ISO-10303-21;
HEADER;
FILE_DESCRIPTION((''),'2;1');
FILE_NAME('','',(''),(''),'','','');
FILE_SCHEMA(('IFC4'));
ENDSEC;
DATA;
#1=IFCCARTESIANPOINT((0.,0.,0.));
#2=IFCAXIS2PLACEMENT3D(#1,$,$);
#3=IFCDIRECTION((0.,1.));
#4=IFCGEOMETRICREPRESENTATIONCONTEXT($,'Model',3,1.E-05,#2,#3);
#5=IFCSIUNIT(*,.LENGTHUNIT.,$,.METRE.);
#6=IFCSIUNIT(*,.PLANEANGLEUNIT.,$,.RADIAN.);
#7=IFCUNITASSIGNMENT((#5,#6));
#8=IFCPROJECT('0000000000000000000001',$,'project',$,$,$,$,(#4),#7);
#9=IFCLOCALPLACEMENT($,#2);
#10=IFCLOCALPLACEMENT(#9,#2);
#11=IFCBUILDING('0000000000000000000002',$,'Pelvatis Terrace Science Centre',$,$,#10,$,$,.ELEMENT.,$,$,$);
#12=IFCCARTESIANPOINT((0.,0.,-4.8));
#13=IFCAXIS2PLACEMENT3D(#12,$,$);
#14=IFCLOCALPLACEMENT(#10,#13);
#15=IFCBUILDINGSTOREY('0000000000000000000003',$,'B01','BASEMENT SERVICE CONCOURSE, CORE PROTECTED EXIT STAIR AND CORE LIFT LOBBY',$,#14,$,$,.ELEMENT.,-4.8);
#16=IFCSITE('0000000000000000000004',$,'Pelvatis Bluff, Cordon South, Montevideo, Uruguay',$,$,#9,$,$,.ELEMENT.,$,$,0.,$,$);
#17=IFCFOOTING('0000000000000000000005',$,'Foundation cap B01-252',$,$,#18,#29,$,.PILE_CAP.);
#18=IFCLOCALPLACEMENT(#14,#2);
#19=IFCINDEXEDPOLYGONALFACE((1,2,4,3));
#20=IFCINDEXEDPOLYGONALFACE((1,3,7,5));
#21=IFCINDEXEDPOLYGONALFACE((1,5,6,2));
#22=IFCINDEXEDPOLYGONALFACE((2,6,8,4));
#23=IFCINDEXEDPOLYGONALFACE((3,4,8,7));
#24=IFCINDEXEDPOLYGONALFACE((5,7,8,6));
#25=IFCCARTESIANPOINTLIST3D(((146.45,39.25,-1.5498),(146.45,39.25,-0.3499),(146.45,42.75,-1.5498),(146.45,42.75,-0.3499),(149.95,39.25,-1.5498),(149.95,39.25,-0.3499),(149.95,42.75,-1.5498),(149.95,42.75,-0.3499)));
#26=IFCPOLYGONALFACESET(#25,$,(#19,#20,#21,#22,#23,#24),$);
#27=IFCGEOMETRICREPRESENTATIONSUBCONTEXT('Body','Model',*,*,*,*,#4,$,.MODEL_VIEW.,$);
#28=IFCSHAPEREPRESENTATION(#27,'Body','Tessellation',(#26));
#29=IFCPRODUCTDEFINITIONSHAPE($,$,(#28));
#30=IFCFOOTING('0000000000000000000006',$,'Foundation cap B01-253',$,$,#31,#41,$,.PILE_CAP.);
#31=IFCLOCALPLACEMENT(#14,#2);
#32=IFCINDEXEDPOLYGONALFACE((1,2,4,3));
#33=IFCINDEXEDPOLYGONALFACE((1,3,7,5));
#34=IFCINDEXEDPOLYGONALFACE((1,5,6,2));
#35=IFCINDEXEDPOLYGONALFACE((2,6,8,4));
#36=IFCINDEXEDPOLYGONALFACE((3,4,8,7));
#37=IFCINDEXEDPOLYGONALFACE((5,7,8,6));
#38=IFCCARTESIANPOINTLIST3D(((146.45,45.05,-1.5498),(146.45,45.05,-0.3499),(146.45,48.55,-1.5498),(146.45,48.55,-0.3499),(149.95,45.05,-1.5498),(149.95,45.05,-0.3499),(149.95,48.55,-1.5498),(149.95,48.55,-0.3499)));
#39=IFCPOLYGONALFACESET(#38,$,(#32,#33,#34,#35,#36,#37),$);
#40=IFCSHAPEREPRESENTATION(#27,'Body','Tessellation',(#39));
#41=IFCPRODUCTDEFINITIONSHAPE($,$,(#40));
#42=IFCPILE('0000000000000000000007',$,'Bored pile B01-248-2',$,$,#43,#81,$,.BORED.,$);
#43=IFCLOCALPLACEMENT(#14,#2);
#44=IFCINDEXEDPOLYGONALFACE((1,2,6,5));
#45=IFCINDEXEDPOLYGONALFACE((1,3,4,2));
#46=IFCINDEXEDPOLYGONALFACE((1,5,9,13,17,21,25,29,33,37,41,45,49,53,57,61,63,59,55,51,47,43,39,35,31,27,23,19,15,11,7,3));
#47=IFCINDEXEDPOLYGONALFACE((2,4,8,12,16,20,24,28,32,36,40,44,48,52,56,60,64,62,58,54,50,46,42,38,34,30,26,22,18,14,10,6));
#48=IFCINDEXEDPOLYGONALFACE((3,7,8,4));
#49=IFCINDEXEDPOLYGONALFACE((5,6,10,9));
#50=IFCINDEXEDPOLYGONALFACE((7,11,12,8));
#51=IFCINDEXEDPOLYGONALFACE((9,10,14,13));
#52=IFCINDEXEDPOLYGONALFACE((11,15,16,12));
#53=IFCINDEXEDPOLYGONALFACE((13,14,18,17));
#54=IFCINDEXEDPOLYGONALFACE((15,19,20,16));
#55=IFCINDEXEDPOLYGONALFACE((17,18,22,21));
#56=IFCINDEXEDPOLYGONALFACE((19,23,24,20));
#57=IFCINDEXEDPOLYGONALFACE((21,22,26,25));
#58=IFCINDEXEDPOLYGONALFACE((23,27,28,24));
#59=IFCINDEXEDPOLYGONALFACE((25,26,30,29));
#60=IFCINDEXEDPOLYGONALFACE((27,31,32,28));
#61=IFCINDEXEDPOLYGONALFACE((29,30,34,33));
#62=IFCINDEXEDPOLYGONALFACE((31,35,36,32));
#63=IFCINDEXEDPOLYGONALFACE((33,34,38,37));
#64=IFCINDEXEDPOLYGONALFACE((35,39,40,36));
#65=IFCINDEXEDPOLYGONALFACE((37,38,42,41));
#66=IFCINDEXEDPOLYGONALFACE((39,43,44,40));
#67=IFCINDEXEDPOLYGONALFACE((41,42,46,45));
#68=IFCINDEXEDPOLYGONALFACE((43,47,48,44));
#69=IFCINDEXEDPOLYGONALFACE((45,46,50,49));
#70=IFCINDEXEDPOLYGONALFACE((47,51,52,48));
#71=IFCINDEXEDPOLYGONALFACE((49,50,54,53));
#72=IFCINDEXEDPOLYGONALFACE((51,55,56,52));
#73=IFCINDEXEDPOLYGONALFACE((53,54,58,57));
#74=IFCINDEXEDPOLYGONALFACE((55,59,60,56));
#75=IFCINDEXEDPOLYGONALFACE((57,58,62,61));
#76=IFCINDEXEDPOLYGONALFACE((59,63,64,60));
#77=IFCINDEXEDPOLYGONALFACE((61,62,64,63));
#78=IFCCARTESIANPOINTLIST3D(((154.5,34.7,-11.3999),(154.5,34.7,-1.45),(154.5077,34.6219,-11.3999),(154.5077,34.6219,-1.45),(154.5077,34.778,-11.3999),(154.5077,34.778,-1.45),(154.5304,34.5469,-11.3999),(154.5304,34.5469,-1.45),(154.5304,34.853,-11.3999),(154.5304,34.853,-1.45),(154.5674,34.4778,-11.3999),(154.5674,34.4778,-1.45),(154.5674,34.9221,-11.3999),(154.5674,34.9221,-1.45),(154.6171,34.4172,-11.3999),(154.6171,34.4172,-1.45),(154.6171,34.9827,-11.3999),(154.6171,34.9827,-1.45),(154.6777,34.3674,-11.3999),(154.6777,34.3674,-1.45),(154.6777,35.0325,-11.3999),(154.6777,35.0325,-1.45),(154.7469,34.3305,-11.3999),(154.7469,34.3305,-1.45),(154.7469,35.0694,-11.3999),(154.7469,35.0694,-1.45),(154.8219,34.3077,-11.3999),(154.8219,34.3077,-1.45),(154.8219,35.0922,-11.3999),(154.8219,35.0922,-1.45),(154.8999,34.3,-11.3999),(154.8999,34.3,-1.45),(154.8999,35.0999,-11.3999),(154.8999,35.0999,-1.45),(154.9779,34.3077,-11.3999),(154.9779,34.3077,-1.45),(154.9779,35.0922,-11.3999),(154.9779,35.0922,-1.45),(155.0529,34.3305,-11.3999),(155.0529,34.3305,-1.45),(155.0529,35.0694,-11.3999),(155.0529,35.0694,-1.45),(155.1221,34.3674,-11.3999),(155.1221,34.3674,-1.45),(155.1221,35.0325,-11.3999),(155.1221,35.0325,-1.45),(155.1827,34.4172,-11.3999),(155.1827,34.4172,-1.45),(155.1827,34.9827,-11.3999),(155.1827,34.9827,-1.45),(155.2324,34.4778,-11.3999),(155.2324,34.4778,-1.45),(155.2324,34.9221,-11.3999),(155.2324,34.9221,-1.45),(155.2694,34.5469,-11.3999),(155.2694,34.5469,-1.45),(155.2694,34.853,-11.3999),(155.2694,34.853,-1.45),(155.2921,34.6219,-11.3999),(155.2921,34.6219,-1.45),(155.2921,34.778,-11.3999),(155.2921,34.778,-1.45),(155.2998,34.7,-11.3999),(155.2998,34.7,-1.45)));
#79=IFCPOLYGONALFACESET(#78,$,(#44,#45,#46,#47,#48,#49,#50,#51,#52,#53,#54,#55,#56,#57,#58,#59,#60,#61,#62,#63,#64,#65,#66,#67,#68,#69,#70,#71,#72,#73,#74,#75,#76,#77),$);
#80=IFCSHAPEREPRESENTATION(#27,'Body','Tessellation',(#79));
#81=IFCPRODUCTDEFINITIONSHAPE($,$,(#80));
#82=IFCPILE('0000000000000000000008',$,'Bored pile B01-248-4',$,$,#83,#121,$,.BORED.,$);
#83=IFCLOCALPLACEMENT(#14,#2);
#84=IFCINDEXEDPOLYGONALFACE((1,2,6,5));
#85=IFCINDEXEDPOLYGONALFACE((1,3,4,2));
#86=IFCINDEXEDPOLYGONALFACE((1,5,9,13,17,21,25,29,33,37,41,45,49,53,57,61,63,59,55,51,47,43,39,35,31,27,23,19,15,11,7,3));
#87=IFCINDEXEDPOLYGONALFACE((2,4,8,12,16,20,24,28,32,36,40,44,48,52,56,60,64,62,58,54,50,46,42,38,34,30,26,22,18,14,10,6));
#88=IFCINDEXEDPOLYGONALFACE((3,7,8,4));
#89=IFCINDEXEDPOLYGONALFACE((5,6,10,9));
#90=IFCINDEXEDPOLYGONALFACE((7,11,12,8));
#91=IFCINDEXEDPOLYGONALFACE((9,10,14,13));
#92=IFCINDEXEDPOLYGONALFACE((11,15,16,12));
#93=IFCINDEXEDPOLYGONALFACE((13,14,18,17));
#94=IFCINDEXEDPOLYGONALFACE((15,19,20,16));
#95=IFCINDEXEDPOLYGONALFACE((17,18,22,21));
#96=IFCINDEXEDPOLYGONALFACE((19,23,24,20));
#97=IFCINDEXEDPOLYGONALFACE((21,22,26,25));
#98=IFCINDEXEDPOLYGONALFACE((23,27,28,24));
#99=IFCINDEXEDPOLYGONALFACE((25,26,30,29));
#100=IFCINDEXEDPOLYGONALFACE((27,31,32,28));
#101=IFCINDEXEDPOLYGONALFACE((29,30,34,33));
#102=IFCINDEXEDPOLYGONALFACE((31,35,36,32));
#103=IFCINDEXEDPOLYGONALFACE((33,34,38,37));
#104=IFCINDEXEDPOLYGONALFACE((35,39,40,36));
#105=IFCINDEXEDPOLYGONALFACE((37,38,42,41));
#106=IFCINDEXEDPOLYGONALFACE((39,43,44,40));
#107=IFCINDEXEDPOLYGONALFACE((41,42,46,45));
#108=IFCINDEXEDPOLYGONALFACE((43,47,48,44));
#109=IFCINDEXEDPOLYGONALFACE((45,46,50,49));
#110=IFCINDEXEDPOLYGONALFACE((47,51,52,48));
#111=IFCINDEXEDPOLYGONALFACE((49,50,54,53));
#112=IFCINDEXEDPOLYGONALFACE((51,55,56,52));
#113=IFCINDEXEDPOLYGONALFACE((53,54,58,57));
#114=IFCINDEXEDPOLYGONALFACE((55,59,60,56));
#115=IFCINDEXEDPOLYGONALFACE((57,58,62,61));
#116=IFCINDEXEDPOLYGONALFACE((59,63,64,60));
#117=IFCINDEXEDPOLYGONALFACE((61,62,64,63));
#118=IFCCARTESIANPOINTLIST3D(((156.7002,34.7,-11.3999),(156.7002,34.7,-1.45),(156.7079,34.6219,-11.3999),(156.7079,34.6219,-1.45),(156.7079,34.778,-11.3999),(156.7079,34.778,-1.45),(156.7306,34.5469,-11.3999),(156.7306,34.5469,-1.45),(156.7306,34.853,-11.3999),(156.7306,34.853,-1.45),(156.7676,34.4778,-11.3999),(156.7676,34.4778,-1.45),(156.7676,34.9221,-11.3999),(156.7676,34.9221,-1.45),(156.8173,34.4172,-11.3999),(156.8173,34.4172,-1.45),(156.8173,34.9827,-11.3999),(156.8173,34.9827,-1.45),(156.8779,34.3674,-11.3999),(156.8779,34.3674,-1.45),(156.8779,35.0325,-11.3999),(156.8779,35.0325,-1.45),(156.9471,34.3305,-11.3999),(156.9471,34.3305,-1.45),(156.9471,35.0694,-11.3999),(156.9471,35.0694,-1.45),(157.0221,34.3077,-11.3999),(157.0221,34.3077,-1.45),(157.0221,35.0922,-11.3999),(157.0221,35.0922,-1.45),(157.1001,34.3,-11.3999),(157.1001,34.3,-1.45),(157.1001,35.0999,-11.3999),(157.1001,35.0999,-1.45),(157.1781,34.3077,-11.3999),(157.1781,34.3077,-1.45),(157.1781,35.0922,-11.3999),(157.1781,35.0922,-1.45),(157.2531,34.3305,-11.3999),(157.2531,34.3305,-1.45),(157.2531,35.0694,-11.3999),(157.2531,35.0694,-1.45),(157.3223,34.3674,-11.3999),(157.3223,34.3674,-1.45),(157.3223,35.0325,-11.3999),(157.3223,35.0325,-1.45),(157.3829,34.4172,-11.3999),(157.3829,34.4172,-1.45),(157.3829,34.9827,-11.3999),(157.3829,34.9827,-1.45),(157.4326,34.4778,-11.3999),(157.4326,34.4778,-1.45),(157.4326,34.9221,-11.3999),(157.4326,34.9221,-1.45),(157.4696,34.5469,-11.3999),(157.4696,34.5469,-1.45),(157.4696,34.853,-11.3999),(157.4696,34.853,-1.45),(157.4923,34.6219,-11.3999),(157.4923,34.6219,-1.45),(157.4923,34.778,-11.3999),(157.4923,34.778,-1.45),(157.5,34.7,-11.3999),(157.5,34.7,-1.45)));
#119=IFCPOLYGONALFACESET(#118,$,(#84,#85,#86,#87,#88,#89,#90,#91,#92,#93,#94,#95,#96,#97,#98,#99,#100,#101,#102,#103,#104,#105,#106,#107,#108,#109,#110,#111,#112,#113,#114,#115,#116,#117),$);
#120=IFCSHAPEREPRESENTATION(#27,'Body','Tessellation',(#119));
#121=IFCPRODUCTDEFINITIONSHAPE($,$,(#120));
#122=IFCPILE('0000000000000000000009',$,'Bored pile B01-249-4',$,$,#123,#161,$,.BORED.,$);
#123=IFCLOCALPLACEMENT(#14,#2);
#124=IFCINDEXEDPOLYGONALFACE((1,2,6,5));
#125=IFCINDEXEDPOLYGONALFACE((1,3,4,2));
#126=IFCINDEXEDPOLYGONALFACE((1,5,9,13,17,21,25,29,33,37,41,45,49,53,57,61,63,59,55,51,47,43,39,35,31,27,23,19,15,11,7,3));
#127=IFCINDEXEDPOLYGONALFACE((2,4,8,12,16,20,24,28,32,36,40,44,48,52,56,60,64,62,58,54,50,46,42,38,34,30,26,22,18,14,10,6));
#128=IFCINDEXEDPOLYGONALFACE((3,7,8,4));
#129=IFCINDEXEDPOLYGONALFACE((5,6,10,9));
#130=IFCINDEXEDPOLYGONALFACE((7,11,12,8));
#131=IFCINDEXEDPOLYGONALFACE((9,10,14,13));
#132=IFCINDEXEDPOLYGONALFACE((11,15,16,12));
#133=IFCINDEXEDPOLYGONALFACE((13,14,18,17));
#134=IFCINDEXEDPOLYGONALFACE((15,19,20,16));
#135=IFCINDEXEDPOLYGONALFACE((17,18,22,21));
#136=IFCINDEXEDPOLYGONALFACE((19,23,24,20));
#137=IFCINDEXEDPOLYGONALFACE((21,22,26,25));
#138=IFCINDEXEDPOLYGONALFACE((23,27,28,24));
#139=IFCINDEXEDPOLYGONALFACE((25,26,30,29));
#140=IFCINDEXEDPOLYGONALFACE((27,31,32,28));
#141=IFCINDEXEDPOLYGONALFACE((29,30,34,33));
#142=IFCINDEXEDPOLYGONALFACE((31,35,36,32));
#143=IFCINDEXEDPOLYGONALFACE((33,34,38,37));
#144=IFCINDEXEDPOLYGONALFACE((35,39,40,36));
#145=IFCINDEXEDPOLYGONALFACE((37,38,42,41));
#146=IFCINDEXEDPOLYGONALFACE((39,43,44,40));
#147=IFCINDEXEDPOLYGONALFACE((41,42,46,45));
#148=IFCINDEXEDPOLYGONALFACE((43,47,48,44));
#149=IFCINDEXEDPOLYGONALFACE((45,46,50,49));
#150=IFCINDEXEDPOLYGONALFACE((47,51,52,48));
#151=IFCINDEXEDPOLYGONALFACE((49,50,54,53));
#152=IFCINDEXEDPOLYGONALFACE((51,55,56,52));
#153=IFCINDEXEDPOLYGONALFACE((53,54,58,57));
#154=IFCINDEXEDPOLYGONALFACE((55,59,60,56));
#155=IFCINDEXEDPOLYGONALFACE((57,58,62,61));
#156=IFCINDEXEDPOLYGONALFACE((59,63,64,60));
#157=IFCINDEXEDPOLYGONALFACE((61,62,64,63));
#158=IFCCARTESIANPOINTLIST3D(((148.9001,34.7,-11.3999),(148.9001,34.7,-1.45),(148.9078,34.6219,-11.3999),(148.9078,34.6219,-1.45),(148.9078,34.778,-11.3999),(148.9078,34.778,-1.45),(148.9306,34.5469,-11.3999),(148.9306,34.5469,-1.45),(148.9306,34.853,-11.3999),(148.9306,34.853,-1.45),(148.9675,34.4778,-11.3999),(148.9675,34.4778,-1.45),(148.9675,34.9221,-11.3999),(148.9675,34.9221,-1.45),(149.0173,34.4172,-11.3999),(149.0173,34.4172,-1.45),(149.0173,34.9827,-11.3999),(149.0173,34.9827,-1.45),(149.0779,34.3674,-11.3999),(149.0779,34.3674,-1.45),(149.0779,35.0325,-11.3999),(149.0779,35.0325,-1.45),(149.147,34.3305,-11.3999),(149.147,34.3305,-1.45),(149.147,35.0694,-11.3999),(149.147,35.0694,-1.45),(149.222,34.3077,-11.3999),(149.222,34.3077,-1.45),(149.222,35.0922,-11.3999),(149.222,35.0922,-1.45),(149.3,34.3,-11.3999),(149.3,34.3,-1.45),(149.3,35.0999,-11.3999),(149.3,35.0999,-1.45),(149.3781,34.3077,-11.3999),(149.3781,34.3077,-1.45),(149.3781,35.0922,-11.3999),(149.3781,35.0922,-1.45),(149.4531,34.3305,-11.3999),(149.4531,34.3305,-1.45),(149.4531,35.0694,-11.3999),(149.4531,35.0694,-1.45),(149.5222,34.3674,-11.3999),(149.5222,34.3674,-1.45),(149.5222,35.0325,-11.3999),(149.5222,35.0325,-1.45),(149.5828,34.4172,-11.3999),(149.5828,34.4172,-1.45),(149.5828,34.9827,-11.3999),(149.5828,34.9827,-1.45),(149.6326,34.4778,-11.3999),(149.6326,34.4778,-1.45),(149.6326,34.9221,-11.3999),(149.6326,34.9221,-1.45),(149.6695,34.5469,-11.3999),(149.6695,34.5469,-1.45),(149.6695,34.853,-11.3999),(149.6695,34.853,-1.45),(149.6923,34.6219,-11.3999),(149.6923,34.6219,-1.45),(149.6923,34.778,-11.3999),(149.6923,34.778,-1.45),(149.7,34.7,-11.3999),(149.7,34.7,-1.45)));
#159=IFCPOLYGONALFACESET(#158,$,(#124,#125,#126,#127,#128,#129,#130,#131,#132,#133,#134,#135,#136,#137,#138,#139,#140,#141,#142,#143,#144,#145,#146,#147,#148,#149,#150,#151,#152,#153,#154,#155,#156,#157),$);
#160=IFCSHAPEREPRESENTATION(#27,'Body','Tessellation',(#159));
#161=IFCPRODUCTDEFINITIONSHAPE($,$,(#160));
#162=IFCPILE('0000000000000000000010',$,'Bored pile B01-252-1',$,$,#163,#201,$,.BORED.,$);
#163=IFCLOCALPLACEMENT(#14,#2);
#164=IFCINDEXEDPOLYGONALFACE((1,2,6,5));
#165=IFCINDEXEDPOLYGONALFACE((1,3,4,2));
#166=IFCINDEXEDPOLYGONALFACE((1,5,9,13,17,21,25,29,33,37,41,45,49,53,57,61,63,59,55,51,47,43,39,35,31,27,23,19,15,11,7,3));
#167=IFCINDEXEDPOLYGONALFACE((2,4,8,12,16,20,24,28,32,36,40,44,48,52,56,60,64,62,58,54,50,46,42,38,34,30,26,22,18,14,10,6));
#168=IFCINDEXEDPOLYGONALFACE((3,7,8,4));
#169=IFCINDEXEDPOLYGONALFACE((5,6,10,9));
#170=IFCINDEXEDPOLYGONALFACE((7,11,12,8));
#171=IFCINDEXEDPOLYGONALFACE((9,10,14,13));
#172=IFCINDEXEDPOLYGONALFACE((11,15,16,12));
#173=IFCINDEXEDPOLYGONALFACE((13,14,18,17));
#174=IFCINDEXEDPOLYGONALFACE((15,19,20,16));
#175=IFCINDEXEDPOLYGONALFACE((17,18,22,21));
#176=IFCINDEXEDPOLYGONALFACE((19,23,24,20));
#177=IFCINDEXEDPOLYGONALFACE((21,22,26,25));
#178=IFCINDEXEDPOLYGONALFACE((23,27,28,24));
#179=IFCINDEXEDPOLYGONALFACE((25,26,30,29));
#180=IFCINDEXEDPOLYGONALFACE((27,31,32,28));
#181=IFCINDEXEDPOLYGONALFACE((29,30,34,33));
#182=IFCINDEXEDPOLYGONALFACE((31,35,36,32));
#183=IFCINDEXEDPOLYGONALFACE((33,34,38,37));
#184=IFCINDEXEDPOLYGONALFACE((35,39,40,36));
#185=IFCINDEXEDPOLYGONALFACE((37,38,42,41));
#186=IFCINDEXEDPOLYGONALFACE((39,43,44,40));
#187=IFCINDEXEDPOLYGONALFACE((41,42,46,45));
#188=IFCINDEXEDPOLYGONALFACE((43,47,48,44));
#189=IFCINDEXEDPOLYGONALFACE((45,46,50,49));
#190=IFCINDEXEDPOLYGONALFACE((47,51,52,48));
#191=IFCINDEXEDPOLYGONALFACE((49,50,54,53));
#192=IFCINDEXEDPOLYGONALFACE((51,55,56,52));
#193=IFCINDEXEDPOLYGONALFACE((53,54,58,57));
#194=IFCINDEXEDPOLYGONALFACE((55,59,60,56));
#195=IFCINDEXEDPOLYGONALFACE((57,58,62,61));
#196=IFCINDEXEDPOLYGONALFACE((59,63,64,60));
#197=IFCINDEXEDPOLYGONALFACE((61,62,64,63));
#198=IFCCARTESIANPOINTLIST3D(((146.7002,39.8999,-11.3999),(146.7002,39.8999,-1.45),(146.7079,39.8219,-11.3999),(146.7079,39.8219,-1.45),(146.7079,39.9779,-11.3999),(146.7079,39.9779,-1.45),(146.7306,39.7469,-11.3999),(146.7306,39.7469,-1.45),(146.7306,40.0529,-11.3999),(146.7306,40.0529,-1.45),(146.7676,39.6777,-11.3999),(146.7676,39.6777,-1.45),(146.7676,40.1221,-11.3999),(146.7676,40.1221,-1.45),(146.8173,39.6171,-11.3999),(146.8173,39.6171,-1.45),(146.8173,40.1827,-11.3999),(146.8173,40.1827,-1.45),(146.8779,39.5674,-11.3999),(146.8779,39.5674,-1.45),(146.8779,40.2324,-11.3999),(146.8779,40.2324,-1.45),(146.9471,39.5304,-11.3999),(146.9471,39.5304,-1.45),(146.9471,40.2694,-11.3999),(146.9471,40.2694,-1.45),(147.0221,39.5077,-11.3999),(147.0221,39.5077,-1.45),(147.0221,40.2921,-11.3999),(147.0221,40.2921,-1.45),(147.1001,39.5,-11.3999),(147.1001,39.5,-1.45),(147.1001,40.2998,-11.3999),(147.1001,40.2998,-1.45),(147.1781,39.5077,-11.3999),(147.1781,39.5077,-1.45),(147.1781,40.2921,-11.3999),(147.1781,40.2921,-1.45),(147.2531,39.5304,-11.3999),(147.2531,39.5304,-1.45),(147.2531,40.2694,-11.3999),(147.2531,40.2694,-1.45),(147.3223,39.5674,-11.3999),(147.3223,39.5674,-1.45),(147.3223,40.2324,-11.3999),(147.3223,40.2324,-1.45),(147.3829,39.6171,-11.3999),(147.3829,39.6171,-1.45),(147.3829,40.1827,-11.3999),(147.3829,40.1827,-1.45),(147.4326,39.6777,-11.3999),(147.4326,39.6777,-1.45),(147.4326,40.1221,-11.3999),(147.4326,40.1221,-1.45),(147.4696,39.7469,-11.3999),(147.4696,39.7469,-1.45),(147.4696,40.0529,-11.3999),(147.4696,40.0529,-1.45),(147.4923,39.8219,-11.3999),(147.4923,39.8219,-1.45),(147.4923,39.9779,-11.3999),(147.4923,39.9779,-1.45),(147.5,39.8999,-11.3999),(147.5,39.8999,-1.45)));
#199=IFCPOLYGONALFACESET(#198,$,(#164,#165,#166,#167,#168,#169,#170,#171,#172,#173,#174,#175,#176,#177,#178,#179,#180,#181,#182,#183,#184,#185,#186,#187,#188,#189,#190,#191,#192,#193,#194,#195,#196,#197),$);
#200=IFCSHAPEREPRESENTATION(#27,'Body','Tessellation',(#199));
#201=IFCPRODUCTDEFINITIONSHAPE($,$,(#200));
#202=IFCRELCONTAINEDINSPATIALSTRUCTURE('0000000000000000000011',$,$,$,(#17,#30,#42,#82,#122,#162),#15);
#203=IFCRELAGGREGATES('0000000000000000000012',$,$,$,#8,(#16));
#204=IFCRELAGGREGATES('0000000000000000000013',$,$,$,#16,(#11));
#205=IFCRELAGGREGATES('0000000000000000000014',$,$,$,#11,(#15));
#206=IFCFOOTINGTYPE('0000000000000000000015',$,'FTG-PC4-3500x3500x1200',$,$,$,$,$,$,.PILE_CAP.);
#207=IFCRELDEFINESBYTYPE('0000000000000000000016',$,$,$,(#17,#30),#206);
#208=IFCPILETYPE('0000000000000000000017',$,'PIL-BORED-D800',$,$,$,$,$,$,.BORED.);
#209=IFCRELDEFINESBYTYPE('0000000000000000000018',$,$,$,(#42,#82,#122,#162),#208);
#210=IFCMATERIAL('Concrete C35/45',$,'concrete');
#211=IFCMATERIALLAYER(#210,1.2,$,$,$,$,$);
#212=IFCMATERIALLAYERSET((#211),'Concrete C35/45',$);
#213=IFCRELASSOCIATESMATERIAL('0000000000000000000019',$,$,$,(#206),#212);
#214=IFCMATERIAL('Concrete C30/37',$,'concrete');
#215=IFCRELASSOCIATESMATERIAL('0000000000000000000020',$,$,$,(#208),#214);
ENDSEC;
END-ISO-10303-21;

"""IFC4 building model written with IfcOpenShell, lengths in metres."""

from ifc_helpers import new_model, si_unit, direction, frame, origin, origin_2d, place, context, subcontext, project, spatial, rectangle, circle, extrude, material, layer, layer_set, material_profile, profile_set, type_object, element, save


model = new_model("IFC4")

# Units and contexts
model_context = context("Model", 3, precision=1e-05, world=origin(), true_north=direction((0.0, 1.0)))
body_context = subcontext(model_context, "Body", "Model", "MODEL_VIEW")
ifc_project = project(units=[si_unit("LENGTHUNIT", "METRE"), si_unit("PLANEANGLEUNIT", "RADIAN")], contexts=[model_context])

# Site, building, storey
site_placement = place(None, origin())
site = spatial("IfcSite", under=ifc_project, at=site_placement, Name="Pelvatis Bluff, Cordon South, Montevideo, Uruguay", CompositionType="ELEMENT", RefElevation=0.0)
building_placement = place(site_placement, origin())
building = spatial("IfcBuilding", under=site, at=building_placement, Name="Pelvatis Terrace Science Centre", CompositionType="ELEMENT")
storey_placement = place(building_placement, frame((0.0, 0.0, -4.8)))
storey = spatial("IfcBuildingStorey", under=building, at=storey_placement, Name="B01", Description="BASEMENT SERVICE CONCOURSE, CORE PROTECTED EXIT STAIR AND CORE LIFT LOBBY", CompositionType="ELEMENT", Elevation=-4.8)

# Footings
ifc_material_1 = material(Name="Concrete C35/45", Category="concrete")
ifc_layer_1 = layer(ifc_material_1, 1.2)
ifc_layer_set_1 = layer_set([ifc_layer_1], Name="Concrete C35/45")
footing_type = type_object("IfcFootingType", Name="FTG-PC4-3500x3500x1200", PredefinedType="PILE_CAP", material=ifc_layer_set_1)
for number, where, z_axis, x_axis, name in (
    (1, (148.2, 41.0, -1.5498), (0.0, 0.0, 1.0), (1.0, 0.0, 0.0), "Foundation cap B01-252"),
    (2, (148.2, 46.8, -1.5498), (0.0, 0.0, 1.0), (1.0, 0.0, 0.0), "Foundation cap B01-253"),
):
    element("IfcFooting", number, at=place(storey_placement, frame(where, z_axis=z_axis, x_axis=x_axis)), inside=storey, type_object=footing_type, Name=name, PredefinedType="PILE_CAP", context=body_context, shape_type="SweptSolid", body=[
        extrude(rectangle(XDim=3.5, YDim=3.5, at=origin_2d()), origin(), (0.0, 0.0, 1.0), 1.2),
    ])

# Piles
ifc_material_2 = material(Name="Concrete C30/37", Category="concrete")
ifc_material_profile_1 = material_profile(ifc_material_2, circle(Radius=0.3999, at=origin_2d()), Name="PILE D800")
ifc_profile_set_1 = profile_set([ifc_material_profile_1], Name="Concrete C30/37")
pile_type = type_object("IfcPileType", Name="PIL-BORED-D800", PredefinedType="BORED", material=ifc_profile_set_1)
for number, where, z_axis, x_axis, name in (
    (3, (154.8999, 34.7, -1.45), (0.0, 0.0, -1.0), (1.0, 0.0, 0.0), "Bored pile B01-248-2"),
    (4, (157.1001, 34.7, -1.45), (0.0, 0.0, -1.0), (1.0, 0.0, 0.0), "Bored pile B01-248-4"),
    (5, (149.3, 34.7, -1.45), (0.0, 0.0, -1.0), (1.0, 0.0, 0.0), "Bored pile B01-249-4"),
    (6, (147.1001, 39.8999, -1.45), (0.0, 0.0, -1.0), (1.0, 0.0, 0.0), "Bored pile B01-252-1"),
):
    element("IfcPile", number, at=place(storey_placement, frame(where, z_axis=z_axis, x_axis=x_axis)), inside=storey, type_object=pile_type, Name=name, PredefinedType="BORED", context=body_context, shape_type="SweptSolid", body=[
        extrude(circle(Radius=0.3999, at=origin_2d()), origin(), (0.0, 0.0, 1.0), 9.95),
    ])

save(model, "model.ifc")
